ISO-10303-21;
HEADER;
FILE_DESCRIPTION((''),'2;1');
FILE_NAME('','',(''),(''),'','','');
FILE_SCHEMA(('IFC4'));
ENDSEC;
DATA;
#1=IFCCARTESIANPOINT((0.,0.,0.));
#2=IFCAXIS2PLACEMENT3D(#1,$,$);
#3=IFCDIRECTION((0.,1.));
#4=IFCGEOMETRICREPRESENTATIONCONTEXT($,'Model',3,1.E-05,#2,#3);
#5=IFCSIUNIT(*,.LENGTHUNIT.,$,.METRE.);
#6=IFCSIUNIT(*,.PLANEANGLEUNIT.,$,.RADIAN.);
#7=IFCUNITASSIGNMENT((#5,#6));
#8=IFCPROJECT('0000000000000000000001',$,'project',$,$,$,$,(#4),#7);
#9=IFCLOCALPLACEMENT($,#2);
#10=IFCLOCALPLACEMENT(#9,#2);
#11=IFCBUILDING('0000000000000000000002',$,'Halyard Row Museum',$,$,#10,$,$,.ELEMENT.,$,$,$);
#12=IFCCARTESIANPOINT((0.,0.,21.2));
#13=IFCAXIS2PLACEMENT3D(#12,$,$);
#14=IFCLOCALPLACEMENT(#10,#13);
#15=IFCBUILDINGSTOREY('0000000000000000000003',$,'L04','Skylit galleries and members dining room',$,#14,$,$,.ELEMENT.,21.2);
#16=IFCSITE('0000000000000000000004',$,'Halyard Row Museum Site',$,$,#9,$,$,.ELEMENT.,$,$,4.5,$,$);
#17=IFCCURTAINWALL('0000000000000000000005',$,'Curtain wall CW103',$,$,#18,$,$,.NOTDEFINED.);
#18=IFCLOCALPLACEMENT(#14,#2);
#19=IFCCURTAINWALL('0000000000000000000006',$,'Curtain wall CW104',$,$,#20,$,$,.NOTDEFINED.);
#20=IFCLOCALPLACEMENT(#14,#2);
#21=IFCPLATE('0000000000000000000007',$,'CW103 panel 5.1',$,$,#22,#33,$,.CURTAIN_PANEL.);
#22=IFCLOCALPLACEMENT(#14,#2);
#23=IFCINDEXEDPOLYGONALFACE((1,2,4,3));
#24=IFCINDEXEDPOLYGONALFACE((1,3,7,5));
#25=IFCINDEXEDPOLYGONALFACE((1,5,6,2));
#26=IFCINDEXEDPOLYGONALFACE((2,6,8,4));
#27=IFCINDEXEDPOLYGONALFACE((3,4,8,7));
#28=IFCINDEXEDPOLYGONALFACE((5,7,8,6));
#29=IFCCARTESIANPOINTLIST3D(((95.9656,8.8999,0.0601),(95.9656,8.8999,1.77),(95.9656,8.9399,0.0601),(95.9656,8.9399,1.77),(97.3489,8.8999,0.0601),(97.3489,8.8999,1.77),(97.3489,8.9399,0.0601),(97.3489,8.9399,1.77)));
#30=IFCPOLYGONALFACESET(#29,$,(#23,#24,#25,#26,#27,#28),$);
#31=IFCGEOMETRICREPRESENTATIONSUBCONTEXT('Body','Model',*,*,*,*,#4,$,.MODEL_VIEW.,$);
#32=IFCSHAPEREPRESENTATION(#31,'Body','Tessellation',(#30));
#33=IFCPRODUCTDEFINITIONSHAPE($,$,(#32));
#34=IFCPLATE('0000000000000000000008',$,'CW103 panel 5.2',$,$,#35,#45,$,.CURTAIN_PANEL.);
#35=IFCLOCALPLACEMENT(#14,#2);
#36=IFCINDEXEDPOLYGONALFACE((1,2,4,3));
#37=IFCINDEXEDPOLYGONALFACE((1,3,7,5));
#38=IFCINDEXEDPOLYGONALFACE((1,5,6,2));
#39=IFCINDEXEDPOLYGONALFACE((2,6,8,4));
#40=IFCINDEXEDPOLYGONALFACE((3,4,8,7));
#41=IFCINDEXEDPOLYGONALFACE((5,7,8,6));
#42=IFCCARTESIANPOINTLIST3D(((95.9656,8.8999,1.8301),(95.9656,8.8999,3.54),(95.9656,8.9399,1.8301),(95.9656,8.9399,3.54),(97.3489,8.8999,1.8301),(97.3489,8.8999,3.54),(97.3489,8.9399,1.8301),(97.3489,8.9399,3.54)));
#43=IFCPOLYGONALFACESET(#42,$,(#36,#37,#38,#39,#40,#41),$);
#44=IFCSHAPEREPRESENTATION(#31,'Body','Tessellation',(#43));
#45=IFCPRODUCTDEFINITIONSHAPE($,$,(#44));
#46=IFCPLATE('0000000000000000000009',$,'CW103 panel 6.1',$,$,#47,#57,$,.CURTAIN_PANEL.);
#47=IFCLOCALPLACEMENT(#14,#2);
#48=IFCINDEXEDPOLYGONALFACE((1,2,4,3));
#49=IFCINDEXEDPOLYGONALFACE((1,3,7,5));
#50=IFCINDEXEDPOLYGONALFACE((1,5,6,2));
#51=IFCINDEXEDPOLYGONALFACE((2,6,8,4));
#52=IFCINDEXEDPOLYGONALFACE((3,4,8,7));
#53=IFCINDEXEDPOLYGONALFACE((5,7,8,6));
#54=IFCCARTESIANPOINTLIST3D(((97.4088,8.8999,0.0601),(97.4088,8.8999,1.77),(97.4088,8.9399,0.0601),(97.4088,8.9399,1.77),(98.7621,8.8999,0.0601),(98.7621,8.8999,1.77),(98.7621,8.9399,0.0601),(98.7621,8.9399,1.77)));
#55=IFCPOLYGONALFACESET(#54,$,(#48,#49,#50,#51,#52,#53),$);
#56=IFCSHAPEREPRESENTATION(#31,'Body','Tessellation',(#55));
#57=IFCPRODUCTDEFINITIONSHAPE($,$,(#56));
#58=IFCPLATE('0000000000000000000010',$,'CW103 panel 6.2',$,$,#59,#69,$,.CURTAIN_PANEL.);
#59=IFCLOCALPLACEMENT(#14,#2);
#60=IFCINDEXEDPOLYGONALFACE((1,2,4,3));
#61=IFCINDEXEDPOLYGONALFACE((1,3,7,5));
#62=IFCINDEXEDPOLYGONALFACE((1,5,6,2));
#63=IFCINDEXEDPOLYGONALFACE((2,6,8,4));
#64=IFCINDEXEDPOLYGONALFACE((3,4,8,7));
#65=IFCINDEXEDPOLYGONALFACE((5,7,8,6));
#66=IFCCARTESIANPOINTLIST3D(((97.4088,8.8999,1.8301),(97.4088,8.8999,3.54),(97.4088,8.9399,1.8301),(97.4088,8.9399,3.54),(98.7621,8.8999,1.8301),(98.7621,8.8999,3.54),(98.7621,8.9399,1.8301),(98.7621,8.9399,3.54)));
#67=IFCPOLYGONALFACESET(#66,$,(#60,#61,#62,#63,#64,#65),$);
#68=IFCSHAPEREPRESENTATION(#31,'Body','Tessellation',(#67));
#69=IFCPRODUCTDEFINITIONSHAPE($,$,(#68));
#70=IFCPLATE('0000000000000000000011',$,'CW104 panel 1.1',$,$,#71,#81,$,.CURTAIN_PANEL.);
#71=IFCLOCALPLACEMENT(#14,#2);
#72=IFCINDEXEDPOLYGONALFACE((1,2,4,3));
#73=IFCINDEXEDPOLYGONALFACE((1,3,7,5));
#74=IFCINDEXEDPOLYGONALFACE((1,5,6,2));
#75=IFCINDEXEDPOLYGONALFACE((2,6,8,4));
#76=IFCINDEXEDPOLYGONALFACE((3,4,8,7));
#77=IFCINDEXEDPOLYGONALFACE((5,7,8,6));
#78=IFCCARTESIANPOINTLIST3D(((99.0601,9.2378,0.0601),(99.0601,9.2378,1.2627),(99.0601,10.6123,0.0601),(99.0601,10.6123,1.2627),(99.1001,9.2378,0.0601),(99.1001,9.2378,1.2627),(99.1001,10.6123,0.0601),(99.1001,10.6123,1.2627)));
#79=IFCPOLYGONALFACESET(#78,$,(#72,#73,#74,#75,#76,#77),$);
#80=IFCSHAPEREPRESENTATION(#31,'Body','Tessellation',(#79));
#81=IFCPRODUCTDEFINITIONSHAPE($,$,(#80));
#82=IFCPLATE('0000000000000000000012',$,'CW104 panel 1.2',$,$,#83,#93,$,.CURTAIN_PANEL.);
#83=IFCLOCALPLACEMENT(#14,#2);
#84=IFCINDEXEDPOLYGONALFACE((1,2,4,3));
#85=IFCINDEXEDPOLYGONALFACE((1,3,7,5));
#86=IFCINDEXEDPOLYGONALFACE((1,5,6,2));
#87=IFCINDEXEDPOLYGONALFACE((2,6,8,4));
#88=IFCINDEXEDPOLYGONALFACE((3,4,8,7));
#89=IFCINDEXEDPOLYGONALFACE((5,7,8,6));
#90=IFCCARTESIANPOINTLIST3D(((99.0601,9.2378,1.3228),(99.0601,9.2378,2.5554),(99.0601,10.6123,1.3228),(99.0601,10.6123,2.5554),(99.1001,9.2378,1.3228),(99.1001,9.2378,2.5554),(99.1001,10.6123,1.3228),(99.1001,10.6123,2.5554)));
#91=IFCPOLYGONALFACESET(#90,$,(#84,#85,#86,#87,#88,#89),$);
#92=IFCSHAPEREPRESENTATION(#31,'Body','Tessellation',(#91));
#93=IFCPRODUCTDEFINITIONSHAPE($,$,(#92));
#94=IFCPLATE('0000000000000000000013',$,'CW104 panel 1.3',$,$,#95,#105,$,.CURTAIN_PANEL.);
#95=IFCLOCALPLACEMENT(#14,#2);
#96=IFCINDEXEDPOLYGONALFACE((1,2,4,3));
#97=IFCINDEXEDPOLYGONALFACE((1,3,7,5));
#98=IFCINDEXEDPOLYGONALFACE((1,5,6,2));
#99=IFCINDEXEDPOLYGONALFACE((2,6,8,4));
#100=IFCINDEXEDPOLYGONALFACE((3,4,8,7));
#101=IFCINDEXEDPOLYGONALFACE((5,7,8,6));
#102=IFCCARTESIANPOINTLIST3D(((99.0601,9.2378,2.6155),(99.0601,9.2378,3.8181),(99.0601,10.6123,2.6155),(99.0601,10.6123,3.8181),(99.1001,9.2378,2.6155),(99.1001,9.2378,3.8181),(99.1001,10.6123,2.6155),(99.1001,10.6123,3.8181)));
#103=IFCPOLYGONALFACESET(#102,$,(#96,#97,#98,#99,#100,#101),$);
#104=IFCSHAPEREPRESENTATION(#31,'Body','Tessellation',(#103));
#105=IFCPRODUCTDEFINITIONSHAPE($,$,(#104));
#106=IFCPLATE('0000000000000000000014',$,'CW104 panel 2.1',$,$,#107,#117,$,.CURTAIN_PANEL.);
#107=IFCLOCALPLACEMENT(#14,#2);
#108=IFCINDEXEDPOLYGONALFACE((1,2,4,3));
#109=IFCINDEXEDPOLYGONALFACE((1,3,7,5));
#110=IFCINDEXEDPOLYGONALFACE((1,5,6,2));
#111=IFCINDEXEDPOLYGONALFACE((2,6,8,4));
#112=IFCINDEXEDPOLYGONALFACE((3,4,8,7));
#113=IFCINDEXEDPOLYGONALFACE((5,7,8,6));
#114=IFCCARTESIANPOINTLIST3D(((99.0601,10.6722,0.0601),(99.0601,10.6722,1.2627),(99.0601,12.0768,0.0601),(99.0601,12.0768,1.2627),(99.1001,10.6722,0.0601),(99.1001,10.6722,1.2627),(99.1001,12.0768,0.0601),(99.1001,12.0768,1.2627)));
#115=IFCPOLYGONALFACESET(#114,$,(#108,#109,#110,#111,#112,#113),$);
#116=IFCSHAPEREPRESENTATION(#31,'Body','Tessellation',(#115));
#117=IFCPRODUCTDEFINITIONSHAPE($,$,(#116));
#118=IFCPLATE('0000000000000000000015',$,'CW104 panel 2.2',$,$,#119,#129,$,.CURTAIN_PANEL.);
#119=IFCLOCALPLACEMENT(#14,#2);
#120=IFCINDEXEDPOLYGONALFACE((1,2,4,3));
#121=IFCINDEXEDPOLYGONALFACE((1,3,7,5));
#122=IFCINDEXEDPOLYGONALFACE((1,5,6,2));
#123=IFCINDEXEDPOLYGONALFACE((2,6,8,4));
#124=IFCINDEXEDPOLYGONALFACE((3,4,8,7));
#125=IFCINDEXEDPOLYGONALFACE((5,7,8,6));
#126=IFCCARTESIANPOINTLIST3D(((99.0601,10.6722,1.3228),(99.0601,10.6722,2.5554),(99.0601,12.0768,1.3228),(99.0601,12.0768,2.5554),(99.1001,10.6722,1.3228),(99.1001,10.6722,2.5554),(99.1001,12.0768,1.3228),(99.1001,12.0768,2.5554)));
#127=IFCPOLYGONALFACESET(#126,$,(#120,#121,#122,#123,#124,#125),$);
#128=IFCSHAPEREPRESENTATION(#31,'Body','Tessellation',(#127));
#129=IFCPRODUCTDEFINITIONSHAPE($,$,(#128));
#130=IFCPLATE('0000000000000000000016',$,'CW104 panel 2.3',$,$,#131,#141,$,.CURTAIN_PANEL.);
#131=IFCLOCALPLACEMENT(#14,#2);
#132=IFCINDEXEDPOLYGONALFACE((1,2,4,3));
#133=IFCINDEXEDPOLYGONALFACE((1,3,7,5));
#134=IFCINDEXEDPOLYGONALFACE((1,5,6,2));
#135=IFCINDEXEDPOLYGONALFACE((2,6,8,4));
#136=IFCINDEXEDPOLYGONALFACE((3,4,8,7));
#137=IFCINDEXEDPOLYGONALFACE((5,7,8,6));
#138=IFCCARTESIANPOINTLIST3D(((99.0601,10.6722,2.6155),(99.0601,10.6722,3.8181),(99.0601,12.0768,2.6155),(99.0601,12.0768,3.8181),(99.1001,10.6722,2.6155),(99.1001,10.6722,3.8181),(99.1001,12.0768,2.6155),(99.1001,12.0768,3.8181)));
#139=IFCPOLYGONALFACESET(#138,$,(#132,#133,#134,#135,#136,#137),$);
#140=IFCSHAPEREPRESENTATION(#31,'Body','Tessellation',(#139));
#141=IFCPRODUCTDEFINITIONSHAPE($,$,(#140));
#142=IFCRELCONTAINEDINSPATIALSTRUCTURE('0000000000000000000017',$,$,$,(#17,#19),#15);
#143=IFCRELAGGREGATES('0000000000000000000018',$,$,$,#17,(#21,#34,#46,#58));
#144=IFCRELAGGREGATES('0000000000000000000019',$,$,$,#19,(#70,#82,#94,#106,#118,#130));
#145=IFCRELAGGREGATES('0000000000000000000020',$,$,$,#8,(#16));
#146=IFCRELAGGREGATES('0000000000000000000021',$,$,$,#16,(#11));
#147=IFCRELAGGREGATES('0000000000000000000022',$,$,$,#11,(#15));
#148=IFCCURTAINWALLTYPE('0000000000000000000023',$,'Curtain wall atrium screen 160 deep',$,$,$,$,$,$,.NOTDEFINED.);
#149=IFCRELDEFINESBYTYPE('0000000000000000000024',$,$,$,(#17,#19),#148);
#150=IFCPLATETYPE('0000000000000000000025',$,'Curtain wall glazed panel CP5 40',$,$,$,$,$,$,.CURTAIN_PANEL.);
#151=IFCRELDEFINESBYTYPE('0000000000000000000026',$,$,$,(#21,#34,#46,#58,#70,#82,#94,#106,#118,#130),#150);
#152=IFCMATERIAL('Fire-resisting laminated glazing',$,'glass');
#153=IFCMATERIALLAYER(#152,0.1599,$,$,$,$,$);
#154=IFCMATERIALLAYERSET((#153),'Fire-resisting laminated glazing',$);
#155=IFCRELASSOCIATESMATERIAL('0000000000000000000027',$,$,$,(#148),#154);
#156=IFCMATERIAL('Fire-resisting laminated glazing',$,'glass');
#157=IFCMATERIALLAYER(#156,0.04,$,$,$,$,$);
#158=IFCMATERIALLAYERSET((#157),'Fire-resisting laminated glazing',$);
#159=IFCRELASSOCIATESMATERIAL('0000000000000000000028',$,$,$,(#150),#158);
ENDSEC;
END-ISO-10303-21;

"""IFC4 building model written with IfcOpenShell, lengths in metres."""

from ifc_helpers import new_model, si_unit, direction, frame, origin, origin_2d, place, context, subcontext, project, spatial, rectangle, extrude, material, layer, layer_set, type_object, element, aggregate, save


model = new_model("IFC4")

# Units and contexts
model_context = context("Model", 3, precision=1e-05, world=origin(), true_north=direction((0.0, 1.0)))
body_context = subcontext(model_context, "Body", "Model", "MODEL_VIEW")
ifc_project = project(units=[si_unit("LENGTHUNIT", "METRE"), si_unit("PLANEANGLEUNIT", "RADIAN")], contexts=[model_context])

# Site, building, storey
site_placement = place(None, origin())
site = spatial("IfcSite", under=ifc_project, at=site_placement, Name="Halyard Row Museum Site", CompositionType="ELEMENT", RefElevation=4.5)
building_placement = place(site_placement, origin())
building = spatial("IfcBuilding", under=site, at=building_placement, Name="Halyard Row Museum", CompositionType="ELEMENT")
storey_placement = place(building_placement, frame((0.0, 0.0, 21.2)))
storey = spatial("IfcBuildingStorey", under=building, at=storey_placement, Name="L04", Description="Skylit galleries and members dining room", CompositionType="ELEMENT", Elevation=21.2)

# Curtain walls
ifc_material_1 = material(Name="Fire-resisting laminated glazing", Category="glass")
ifc_layer_1 = layer(ifc_material_1, 0.1599)
ifc_layer_set_1 = layer_set([ifc_layer_1], Name="Fire-resisting laminated glazing")
curtain_wall_type = type_object("IfcCurtainWallType", Name="Curtain wall atrium screen 160 deep", PredefinedType="NOTDEFINED", material=ifc_layer_set_1)
curtain_wall_1_placement = place(storey_placement, origin())
curtain_wall_1 = element("IfcCurtainWall", 1, at=curtain_wall_1_placement, inside=storey, type_object=curtain_wall_type, Name="Curtain wall CW103", PredefinedType="NOTDEFINED")
curtain_wall_2_placement = place(storey_placement, origin())
curtain_wall_2 = element("IfcCurtainWall", 2, at=curtain_wall_2_placement, inside=storey, type_object=curtain_wall_type, Name="Curtain wall CW104", PredefinedType="NOTDEFINED")

# Plates
ifc_material_2 = material(Name="Fire-resisting laminated glazing", Category="glass")
ifc_layer_2 = layer(ifc_material_2, 0.04)
ifc_layer_set_2 = layer_set([ifc_layer_2], Name="Fire-resisting laminated glazing")
plate_type = type_object("IfcPlateType", Name="Curtain wall glazed panel CP5 40", PredefinedType="CURTAIN_PANEL", material=ifc_layer_set_2)
plate_1_placement = place(storey_placement, frame((96.6572, 8.9199, 0.0601), z_axis=(0.0, 0.0, 1.0), x_axis=(1.0, 0.0, 0.0)))
plate_1 = element("IfcPlate", 3, at=plate_1_placement, type_object=plate_type, Name="CW103 panel 5.1", PredefinedType="CURTAIN_PANEL", context=body_context, shape_type="SweptSolid", body=[
    extrude(rectangle(XDim=1.3833, YDim=0.04, at=origin_2d()), origin(), (0.0, 0.0, 1.0), 1.71),
])
plate_2_placement = place(storey_placement, frame((96.6572, 8.9199, 1.8301), z_axis=(0.0, 0.0, 1.0), x_axis=(1.0, 0.0, 0.0)))
plate_2 = element("IfcPlate", 4, at=plate_2_placement, type_object=plate_type, Name="CW103 panel 5.2", PredefinedType="CURTAIN_PANEL", context=body_context, shape_type="SweptSolid", body=[
    extrude(rectangle(XDim=1.3833, YDim=0.04, at=origin_2d()), origin(), (0.0, 0.0, 1.0), 1.71),
])
plate_3_placement = place(storey_placement, frame((98.0854, 8.9199, 0.0601), z_axis=(0.0, 0.0, 1.0), x_axis=(1.0, 0.0, 0.0)))
plate_3 = element("IfcPlate", 5, at=plate_3_placement, type_object=plate_type, Name="CW103 panel 6.1", PredefinedType="CURTAIN_PANEL", context=body_context, shape_type="SweptSolid", body=[
    extrude(rectangle(XDim=1.3533, YDim=0.04, at=origin_2d()), origin(), (0.0, 0.0, 1.0), 1.71),
])
plate_4_placement = place(storey_placement, frame((98.0854, 8.9199, 1.8301), z_axis=(0.0, 0.0, 1.0), x_axis=(1.0, 0.0, 0.0)))
plate_4 = element("IfcPlate", 6, at=plate_4_placement, type_object=plate_type, Name="CW103 panel 6.2", PredefinedType="CURTAIN_PANEL", context=body_context, shape_type="SweptSolid", body=[
    extrude(rectangle(XDim=1.3533, YDim=0.04, at=origin_2d()), origin(), (0.0, 0.0, 1.0), 1.71),
])
aggregate(curtain_wall_1, [plate_1, plate_2, plate_3, plate_4])
plate_5_placement = place(storey_placement, frame((99.0801, 9.925, 0.0601), z_axis=(0.0, 0.0, 1.0), x_axis=(0.0, 1.0, 0.0)))
plate_5 = element("IfcPlate", 7, at=plate_5_placement, type_object=plate_type, Name="CW104 panel 1.1", PredefinedType="CURTAIN_PANEL", context=body_context, shape_type="SweptSolid", body=[
    extrude(rectangle(XDim=1.3745, YDim=0.04, at=origin_2d()), origin(), (0.0, 0.0, 1.0), 1.2026),
])
plate_6_placement = place(storey_placement, frame((99.0801, 9.925, 1.3228), z_axis=(0.0, 0.0, 1.0), x_axis=(0.0, 1.0, 0.0)))
plate_6 = element("IfcPlate", 8, at=plate_6_placement, type_object=plate_type, Name="CW104 panel 1.2", PredefinedType="CURTAIN_PANEL", context=body_context, shape_type="SweptSolid", body=[
    extrude(rectangle(XDim=1.3745, YDim=0.04, at=origin_2d()), origin(), (0.0, 0.0, 1.0), 1.2327),
])
plate_7_placement = place(storey_placement, frame((99.0801, 9.925, 2.6155), z_axis=(0.0, 0.0, 1.0), x_axis=(0.0, 1.0, 0.0)))
plate_7 = element("IfcPlate", 9, at=plate_7_placement, type_object=plate_type, Name="CW104 panel 1.3", PredefinedType="CURTAIN_PANEL", context=body_context, shape_type="SweptSolid", body=[
    extrude(rectangle(XDim=1.3745, YDim=0.04, at=origin_2d()), origin(), (0.0, 0.0, 1.0), 1.2026),
])
plate_8_placement = place(storey_placement, frame((99.0801, 11.3745, 0.0601), z_axis=(0.0, 0.0, 1.0), x_axis=(0.0, 1.0, 0.0)))
plate_8 = element("IfcPlate", 10, at=plate_8_placement, type_object=plate_type, Name="CW104 panel 2.1", PredefinedType="CURTAIN_PANEL", context=body_context, shape_type="SweptSolid", body=[
    extrude(rectangle(XDim=1.4045, YDim=0.04, at=origin_2d()), origin(), (0.0, 0.0, 1.0), 1.2026),
])
plate_9_placement = place(storey_placement, frame((99.0801, 11.3745, 1.3228), z_axis=(0.0, 0.0, 1.0), x_axis=(0.0, 1.0, 0.0)))
plate_9 = element("IfcPlate", 11, at=plate_9_placement, type_object=plate_type, Name="CW104 panel 2.2", PredefinedType="CURTAIN_PANEL", context=body_context, shape_type="SweptSolid", body=[
    extrude(rectangle(XDim=1.4045, YDim=0.04, at=origin_2d()), origin(), (0.0, 0.0, 1.0), 1.2327),
])
plate_10_placement = place(storey_placement, frame((99.0801, 11.3745, 2.6155), z_axis=(0.0, 0.0, 1.0), x_axis=(0.0, 1.0, 0.0)))
plate_10 = element("IfcPlate", 12, at=plate_10_placement, type_object=plate_type, Name="CW104 panel 2.3", PredefinedType="CURTAIN_PANEL", context=body_context, shape_type="SweptSolid", body=[
    extrude(rectangle(XDim=1.4045, YDim=0.04, at=origin_2d()), origin(), (0.0, 0.0, 1.0), 1.2026),
])
aggregate(curtain_wall_2, [plate_5, plate_6, plate_7, plate_8, plate_9, plate_10])

save(model, "model.ifc")
